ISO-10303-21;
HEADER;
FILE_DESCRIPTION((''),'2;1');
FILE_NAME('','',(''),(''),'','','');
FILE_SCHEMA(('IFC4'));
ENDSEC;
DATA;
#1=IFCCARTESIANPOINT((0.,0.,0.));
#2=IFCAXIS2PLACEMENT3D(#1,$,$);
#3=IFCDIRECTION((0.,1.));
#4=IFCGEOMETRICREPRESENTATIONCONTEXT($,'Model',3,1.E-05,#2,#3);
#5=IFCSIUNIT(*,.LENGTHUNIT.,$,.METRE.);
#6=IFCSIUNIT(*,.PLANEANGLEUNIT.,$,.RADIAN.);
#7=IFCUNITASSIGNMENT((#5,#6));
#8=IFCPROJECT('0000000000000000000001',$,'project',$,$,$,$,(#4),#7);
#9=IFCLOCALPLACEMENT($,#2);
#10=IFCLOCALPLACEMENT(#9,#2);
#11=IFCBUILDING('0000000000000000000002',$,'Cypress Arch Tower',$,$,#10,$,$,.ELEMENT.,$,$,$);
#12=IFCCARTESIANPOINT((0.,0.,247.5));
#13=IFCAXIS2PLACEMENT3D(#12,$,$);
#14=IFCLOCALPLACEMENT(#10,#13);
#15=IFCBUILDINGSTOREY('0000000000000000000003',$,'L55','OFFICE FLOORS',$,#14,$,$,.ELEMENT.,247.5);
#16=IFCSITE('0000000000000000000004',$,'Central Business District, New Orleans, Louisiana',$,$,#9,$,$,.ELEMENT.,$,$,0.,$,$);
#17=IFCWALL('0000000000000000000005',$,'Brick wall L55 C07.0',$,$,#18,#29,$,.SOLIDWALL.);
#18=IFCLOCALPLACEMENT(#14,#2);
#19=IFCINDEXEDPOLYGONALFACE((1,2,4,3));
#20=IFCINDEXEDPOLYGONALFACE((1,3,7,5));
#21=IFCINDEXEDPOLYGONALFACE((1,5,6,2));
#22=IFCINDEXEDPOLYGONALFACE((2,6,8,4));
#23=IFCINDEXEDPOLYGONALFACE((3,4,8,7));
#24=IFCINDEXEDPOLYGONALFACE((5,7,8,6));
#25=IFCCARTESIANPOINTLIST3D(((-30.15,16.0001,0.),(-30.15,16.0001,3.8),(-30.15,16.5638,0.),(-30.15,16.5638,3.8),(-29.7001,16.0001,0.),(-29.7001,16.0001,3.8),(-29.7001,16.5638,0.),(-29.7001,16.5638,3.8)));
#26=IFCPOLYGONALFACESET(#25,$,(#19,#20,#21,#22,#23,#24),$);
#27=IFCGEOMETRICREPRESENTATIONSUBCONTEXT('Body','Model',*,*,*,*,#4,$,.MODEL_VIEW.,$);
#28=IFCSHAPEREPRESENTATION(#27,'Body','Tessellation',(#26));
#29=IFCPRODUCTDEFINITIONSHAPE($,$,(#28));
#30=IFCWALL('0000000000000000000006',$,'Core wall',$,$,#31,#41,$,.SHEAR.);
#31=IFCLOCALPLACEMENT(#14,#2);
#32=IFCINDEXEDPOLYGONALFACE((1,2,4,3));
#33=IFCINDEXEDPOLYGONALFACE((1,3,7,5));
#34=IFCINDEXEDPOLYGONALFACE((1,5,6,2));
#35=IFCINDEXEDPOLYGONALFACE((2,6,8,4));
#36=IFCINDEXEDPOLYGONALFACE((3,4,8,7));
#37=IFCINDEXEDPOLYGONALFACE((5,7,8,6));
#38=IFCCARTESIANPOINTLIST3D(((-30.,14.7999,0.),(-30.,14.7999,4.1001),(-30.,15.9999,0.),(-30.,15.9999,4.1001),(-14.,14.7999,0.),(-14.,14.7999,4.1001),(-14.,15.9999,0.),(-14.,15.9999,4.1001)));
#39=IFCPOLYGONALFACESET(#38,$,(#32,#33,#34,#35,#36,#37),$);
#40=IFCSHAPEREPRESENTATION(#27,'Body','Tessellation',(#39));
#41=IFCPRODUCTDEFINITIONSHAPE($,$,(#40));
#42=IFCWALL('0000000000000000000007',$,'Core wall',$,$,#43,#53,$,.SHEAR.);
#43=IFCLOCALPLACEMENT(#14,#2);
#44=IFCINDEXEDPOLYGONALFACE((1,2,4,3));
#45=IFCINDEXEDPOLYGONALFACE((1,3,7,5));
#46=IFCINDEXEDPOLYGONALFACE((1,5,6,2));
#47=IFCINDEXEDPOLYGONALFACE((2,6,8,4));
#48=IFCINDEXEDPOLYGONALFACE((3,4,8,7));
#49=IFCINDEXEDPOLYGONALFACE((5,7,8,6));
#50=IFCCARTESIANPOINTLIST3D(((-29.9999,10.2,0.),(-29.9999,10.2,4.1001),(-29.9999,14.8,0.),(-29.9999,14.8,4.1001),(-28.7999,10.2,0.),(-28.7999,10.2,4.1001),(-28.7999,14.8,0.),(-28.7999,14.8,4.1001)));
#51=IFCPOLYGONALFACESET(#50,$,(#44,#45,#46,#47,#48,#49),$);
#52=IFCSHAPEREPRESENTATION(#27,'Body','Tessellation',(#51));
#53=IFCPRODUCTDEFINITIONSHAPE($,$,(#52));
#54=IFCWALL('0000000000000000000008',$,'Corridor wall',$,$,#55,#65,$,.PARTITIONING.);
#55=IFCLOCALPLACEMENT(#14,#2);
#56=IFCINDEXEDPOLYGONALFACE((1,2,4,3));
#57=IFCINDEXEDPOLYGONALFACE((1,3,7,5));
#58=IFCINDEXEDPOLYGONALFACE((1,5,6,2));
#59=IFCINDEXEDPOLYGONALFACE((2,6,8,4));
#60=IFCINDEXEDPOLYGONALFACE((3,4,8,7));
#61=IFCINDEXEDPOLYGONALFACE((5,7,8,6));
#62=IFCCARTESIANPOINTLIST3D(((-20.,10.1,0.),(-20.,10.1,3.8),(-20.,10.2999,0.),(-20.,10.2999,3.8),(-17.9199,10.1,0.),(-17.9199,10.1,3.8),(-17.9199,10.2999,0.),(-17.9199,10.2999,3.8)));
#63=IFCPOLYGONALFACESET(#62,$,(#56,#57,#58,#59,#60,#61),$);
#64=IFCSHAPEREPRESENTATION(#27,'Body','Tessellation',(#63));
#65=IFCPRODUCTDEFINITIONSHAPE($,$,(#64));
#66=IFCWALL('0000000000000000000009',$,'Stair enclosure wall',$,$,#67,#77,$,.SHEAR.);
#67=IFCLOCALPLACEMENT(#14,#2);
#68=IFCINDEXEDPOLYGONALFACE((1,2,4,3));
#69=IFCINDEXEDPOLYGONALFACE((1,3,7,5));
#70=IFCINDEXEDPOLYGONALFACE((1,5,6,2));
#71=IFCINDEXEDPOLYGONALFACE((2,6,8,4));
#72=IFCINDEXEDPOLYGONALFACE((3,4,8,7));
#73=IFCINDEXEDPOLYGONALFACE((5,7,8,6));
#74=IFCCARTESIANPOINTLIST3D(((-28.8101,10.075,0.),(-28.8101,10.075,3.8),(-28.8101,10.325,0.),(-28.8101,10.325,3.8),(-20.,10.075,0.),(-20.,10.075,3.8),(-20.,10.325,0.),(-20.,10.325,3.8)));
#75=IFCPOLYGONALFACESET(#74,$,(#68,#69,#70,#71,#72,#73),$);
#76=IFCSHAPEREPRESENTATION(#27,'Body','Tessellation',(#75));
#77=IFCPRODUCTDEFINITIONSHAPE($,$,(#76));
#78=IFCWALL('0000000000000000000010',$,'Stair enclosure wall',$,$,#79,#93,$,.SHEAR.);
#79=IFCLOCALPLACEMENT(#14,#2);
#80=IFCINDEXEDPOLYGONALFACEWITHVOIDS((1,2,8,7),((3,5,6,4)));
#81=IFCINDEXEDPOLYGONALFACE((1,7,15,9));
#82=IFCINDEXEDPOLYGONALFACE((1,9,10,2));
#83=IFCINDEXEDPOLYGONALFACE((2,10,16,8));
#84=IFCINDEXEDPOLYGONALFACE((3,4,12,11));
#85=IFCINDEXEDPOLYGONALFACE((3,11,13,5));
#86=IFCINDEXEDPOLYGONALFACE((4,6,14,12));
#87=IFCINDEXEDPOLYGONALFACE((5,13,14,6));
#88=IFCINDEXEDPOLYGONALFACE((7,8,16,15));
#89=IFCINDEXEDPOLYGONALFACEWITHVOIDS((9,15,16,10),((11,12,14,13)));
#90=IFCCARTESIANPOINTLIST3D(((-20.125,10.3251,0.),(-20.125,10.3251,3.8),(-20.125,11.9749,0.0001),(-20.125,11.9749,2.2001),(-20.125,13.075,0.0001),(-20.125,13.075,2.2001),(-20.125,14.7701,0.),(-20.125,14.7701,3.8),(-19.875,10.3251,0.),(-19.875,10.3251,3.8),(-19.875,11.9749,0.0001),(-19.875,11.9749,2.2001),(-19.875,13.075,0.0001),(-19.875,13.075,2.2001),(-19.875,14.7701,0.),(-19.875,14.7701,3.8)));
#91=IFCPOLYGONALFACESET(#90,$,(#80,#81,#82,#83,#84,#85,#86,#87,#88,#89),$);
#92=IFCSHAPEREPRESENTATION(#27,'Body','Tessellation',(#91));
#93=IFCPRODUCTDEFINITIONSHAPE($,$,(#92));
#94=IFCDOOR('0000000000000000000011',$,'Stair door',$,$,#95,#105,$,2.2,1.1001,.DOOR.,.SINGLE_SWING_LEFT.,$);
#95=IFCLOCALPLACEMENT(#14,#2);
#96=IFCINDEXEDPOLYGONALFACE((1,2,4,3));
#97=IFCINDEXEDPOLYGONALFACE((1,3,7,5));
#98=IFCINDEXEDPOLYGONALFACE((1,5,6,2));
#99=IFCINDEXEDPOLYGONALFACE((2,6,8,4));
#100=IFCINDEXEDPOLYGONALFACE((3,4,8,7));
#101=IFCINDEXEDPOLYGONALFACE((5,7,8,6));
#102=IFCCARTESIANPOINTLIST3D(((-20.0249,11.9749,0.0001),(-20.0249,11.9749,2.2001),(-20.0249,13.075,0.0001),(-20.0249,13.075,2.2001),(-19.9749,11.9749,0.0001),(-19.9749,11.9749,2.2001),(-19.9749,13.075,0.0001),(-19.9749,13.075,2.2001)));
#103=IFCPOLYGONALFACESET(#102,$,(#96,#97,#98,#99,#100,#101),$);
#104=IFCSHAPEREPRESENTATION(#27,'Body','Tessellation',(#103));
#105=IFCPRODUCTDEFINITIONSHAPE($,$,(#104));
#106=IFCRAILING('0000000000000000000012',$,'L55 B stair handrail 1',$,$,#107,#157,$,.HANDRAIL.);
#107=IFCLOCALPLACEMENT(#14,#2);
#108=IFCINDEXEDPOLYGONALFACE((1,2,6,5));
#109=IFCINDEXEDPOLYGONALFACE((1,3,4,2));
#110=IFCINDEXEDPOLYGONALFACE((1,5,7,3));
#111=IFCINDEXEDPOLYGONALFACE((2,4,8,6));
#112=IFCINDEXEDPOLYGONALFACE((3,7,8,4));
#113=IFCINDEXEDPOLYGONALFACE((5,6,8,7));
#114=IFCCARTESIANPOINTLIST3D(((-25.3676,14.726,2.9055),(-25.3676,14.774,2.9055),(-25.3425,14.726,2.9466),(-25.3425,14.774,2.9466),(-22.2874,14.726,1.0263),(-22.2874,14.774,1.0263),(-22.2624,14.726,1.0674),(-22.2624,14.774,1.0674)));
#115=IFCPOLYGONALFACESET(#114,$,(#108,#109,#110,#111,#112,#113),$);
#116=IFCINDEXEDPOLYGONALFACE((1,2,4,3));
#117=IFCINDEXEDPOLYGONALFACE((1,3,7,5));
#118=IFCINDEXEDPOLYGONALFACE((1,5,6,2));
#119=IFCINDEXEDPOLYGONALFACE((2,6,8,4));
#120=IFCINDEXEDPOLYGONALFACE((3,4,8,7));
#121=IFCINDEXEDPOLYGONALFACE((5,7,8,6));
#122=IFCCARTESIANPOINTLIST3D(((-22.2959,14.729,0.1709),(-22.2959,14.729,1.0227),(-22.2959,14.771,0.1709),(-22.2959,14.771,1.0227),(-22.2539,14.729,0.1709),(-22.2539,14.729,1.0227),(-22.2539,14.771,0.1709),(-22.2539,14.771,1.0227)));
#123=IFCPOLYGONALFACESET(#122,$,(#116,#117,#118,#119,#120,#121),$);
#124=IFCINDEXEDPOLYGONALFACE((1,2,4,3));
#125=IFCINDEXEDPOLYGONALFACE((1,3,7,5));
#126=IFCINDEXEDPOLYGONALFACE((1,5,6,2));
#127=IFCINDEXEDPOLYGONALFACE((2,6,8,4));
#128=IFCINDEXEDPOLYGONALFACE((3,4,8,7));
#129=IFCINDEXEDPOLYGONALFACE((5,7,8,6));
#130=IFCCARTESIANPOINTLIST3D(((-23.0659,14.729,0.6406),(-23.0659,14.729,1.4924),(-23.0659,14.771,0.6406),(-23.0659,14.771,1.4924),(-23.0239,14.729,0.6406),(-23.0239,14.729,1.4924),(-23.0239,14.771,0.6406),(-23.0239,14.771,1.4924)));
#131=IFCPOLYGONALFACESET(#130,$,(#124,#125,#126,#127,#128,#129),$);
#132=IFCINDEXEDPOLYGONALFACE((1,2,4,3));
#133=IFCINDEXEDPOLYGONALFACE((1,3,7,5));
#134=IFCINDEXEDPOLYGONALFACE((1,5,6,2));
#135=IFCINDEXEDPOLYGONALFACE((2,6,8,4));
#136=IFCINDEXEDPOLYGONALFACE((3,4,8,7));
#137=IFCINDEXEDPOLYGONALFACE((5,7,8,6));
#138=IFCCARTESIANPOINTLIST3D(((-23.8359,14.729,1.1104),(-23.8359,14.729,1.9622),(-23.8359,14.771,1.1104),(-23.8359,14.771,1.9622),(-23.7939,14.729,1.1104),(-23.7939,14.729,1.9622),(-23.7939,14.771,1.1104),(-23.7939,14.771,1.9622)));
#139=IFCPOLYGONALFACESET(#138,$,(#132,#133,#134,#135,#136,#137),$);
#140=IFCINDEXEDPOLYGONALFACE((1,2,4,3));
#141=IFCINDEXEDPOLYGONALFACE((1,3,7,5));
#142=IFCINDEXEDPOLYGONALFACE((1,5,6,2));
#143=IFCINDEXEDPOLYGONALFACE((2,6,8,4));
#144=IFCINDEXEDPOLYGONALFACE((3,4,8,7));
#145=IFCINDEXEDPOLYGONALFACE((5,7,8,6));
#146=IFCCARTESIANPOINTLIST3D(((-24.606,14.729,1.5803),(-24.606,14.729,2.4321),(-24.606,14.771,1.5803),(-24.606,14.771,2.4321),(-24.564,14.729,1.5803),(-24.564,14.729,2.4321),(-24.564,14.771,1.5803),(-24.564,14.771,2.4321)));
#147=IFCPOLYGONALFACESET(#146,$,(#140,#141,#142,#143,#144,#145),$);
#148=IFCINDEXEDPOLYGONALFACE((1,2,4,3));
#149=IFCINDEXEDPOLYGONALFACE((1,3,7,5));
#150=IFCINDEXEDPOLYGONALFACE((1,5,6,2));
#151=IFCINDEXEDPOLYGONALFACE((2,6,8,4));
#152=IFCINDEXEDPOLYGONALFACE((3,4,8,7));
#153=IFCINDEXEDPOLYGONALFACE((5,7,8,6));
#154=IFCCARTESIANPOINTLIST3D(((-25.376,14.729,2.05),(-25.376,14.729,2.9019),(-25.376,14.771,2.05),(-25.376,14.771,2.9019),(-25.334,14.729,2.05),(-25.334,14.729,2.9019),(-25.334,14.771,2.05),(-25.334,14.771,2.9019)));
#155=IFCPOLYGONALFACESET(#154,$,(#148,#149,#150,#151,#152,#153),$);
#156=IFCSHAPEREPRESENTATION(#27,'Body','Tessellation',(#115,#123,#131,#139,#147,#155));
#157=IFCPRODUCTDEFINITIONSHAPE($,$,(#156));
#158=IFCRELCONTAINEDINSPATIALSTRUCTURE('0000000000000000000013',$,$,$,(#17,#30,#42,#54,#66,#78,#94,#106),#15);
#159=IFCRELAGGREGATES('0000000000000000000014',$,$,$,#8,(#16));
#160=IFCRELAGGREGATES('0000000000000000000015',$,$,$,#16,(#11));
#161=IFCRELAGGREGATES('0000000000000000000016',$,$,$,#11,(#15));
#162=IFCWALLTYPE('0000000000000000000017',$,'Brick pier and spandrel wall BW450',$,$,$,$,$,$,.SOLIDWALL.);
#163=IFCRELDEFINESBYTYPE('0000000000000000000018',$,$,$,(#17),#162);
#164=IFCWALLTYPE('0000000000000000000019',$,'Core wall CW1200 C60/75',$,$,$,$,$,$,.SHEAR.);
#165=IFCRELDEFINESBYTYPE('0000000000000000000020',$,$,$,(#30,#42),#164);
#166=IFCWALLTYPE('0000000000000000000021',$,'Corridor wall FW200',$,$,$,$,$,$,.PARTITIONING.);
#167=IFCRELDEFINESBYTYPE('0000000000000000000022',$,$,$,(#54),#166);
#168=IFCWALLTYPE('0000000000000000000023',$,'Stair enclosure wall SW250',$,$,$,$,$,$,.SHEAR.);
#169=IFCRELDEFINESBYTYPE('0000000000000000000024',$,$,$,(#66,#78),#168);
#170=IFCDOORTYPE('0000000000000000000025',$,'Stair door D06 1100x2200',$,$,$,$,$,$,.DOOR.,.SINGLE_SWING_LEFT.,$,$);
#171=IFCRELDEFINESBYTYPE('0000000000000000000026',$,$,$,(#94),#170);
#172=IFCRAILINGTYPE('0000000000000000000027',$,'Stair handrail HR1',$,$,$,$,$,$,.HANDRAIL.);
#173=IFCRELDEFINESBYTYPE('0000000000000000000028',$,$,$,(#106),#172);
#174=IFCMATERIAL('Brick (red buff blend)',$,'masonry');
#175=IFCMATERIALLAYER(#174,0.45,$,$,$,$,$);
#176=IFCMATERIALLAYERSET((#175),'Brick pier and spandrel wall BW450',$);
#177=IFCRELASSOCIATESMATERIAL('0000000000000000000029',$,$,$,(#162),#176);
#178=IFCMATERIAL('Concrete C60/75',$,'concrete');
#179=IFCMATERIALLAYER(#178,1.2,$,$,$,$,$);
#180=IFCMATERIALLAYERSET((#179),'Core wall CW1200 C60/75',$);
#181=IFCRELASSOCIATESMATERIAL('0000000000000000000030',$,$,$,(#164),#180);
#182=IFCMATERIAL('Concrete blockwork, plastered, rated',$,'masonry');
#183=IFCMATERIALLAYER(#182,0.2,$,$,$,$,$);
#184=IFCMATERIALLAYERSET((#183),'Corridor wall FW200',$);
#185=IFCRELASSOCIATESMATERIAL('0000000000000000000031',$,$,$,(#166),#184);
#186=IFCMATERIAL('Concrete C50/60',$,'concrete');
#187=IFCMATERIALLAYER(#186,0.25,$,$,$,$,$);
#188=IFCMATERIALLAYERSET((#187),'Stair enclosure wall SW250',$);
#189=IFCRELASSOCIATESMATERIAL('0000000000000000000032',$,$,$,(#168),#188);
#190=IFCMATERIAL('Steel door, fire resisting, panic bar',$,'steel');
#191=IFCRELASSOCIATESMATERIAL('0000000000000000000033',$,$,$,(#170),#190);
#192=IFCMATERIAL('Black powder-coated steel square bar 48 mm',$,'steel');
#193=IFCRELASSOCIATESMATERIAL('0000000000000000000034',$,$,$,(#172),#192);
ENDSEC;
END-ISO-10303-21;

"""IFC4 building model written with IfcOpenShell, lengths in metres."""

from ifc_helpers import new_model, si_unit, direction, frame, frame_2d, origin, origin_2d, place, context, subcontext, project, spatial, rectangle, extrude, material, layer, layer_set, type_object, element, fill, save


model = new_model("IFC4")

# Units and contexts
model_context = context("Model", 3, precision=1e-05, world=origin(), true_north=direction((0.0, 1.0)))
body_context = subcontext(model_context, "Body", "Model", "MODEL_VIEW")
ifc_project = project(units=[si_unit("LENGTHUNIT", "METRE"), si_unit("PLANEANGLEUNIT", "RADIAN")], contexts=[model_context])

# Site, building, storey
site_placement = place(None, origin())
site = spatial("IfcSite", under=ifc_project, at=site_placement, Name="Central Business District, New Orleans, Louisiana", CompositionType="ELEMENT", RefElevation=0.0)
building_placement = place(site_placement, origin())
building = spatial("IfcBuilding", under=site, at=building_placement, Name="Cypress Arch Tower", CompositionType="ELEMENT")
storey_placement = place(building_placement, frame((0.0, 0.0, 247.5)))
storey = spatial("IfcBuildingStorey", under=building, at=storey_placement, Name="L55", Description="OFFICE FLOORS", CompositionType="ELEMENT", Elevation=247.5)

# Shared definitions
ifc_material_1 = material(Name="Brick (red buff blend)", Category="masonry")
ifc_layer_1 = layer(ifc_material_1, 0.45)
ifc_layer_set_1 = layer_set([ifc_layer_1], Name="Brick pier and spandrel wall BW450")
wall_type_1 = type_object("IfcWallType", Name="Brick pier and spandrel wall BW450", PredefinedType="SOLIDWALL", material=ifc_layer_set_1)

# Walls
wall_1_placement = place(storey_placement, frame((-29.925, 16.5637, 0.0), z_axis=(0.0, 0.0, 1.0), x_axis=(0.0, -1.0, 0.0)))
element("IfcWall", 1, at=wall_1_placement, inside=storey, type_object=wall_type_1, Name="Brick wall L55 C07.0", PredefinedType="SOLIDWALL", context=body_context, shape_type="SweptSolid", body=[
    extrude(rectangle(XDim=0.5637, YDim=0.45, at=frame_2d((0.2817, 0.0))), origin(), (0.0, 0.0, 1.0), 3.8),
])
ifc_material_2 = material(Name="Concrete C60/75", Category="concrete")
ifc_layer_2 = layer(ifc_material_2, 1.2)
ifc_layer_set_2 = layer_set([ifc_layer_2], Name="Core wall CW1200 C60/75")
wall_type_2 = type_object("IfcWallType", Name="Core wall CW1200 C60/75", PredefinedType="SHEAR", material=ifc_layer_set_2)
wall_2_placement = place(storey_placement, frame((-30.0, 15.3999, 0.0), z_axis=(0.0, 0.0, 1.0), x_axis=(1.0, 0.0, 0.0)))
element("IfcWall", 2, at=wall_2_placement, inside=storey, type_object=wall_type_2, Name="Core wall", PredefinedType="SHEAR", context=body_context, shape_type="SweptSolid", body=[
    extrude(rectangle(XDim=16.0, YDim=1.2, at=frame_2d((8.0, 0.0))), origin(), (0.0, 0.0, 1.0), 4.1001),
])
wall_3_placement = place(storey_placement, frame((-29.3999, 10.2, 0.0), z_axis=(0.0, 0.0, 1.0), x_axis=(0.0, 1.0, 0.0)))
element("IfcWall", 3, at=wall_3_placement, inside=storey, type_object=wall_type_2, Name="Core wall", PredefinedType="SHEAR", context=body_context, shape_type="SweptSolid", body=[
    extrude(rectangle(XDim=4.6001, YDim=1.2, at=frame_2d((2.3, 0.0))), origin(), (0.0, 0.0, 1.0), 4.1001),
])
ifc_material_3 = material(Name="Concrete blockwork, plastered, rated", Category="masonry")
ifc_layer_3 = layer(ifc_material_3, 0.2)
ifc_layer_set_3 = layer_set([ifc_layer_3], Name="Corridor wall FW200")
wall_type_3 = type_object("IfcWallType", Name="Corridor wall FW200", PredefinedType="PARTITIONING", material=ifc_layer_set_3)
wall_4_placement = place(storey_placement, frame((-20.0, 10.2, 0.0), z_axis=(0.0, 0.0, 1.0), x_axis=(1.0, 0.0, 0.0)))
element("IfcWall", 4, at=wall_4_placement, inside=storey, type_object=wall_type_3, Name="Corridor wall", PredefinedType="PARTITIONING", context=body_context, shape_type="SweptSolid", body=[
    extrude(rectangle(XDim=2.0801, YDim=0.2, at=frame_2d((1.04, 0.0))), origin(), (0.0, 0.0, 1.0), 3.8),
])
ifc_material_4 = material(Name="Concrete C50/60", Category="concrete")
ifc_layer_4 = layer(ifc_material_4, 0.25)
ifc_layer_set_4 = layer_set([ifc_layer_4], Name="Stair enclosure wall SW250")
wall_type_4 = type_object("IfcWallType", Name="Stair enclosure wall SW250", PredefinedType="SHEAR", material=ifc_layer_set_4)
wall_5_placement = place(storey_placement, frame((-28.8101, 10.2, 0.0), z_axis=(0.0, 0.0, 1.0), x_axis=(1.0, 0.0, 0.0)))
element("IfcWall", 5, at=wall_5_placement, inside=storey, type_object=wall_type_4, Name="Stair enclosure wall", PredefinedType="SHEAR", context=body_context, shape_type="SweptSolid", body=[
    extrude(rectangle(XDim=8.8101, YDim=0.25, at=frame_2d((4.405, 0.0))), origin(), (0.0, 0.0, 1.0), 3.8),
])

# Wall, opening, door
wall_6_placement = place(storey_placement, frame((-20.0, 10.325, 0.0), z_axis=(0.0, 0.0, 1.0), x_axis=(0.0, 1.0, 0.0)))
wall_6 = element("IfcWall", 6, at=wall_6_placement, inside=storey, type_object=wall_type_4, Name="Stair enclosure wall", PredefinedType="SHEAR", context=body_context, shape_type="SweptSolid", body=[
    extrude(rectangle(XDim=4.4451, YDim=0.25, at=frame_2d((2.2227, 0.0))), origin(), (0.0, 0.0, 1.0), 3.8),
])
opening_1_placement = place(wall_6_placement, frame((1.6499, 0.0, 0.0)))
opening_1 = element("IfcOpeningElement", 7, at=opening_1_placement, cuts=wall_6, PredefinedType="OPENING", context=body_context, shape_type="SweptSolid", body=[
    extrude(rectangle(XDim=1.1001, YDim=2.2, at=frame_2d((0.55, 1.1001))), frame((0.0, 0.135, 0.0), z_axis=(0.0, -1.0, 0.0), x_axis=(1.0, 0.0, 0.0)), (0.0, 0.0, 1.0), 0.27),
])
ifc_material_5 = material(Name="Steel door, fire resisting, panic bar", Category="steel")
door_type = type_object("IfcDoorType", Name="Stair door D06 1100x2200", OperationType="SINGLE_SWING_LEFT", PredefinedType="DOOR", material=ifc_material_5)
door_placement = place(opening_1_placement, origin())
door = element("IfcDoor", 8, at=door_placement, inside=storey, type_object=door_type, Name="Stair door", OperationType="SINGLE_SWING_LEFT", OverallHeight=2.2, OverallWidth=1.1001, PredefinedType="DOOR", context=body_context, shape_type="SweptSolid", body=[
    extrude(rectangle(XDim=1.1001, YDim=2.2, at=frame_2d((0.55, 1.1001))), frame((0.0, 0.0249, 0.0), z_axis=(0.0, -1.0, 0.0), x_axis=(1.0, 0.0, 0.0)), (0.0, 0.0, 1.0), 0.05),
])
fill(opening_1, door)

# Railing
ifc_material_6 = material(Name="Black powder-coated steel square bar 48 mm", Category="steel")
railing_type_1 = type_object("IfcRailingType", Name="Stair handrail HR1", PredefinedType="HANDRAIL", material=ifc_material_6)
railing_1_placement = place(storey_placement, frame((-22.2749, 14.75, 0.1709)))
element("IfcRailing", 9, at=railing_1_placement, inside=storey, type_object=railing_type_1, Name="L55 B stair handrail 1", PredefinedType="HANDRAIL", context=body_context, shape_type="SweptSolid", body=[
    extrude(rectangle(XDim=0.0481, YDim=0.0481, at=origin_2d()), frame((0.0, 0.0, 0.876), z_axis=(-0.853666, 0.0, 0.52082), x_axis=(0.0, -1.0, 0.0)), (0.0, 0.0, 1.0), 3.6082),
    extrude(rectangle(XDim=0.042, YDim=0.042, at=origin_2d()), origin(), (0.0, 0.0, 1.0), 0.8518),
    extrude(rectangle(XDim=0.042, YDim=0.042, at=origin_2d()), frame((-0.77, 0.0, 0.4697)), (0.0, 0.0, 1.0), 0.8518),
    extrude(rectangle(XDim=0.042, YDim=0.042, at=origin_2d()), frame((-1.54, 0.0, 0.9395)), (0.0, 0.0, 1.0), 0.8518),
    extrude(rectangle(XDim=0.042, YDim=0.042, at=origin_2d()), frame((-2.3101, 0.0, 1.4094)), (0.0, 0.0, 1.0), 0.8518),
    extrude(rectangle(XDim=0.042, YDim=0.042, at=origin_2d()), frame((-3.0801, 0.0, 1.8792)), (0.0, 0.0, 1.0), 0.8518),
])

save(model, "model.ifc")
